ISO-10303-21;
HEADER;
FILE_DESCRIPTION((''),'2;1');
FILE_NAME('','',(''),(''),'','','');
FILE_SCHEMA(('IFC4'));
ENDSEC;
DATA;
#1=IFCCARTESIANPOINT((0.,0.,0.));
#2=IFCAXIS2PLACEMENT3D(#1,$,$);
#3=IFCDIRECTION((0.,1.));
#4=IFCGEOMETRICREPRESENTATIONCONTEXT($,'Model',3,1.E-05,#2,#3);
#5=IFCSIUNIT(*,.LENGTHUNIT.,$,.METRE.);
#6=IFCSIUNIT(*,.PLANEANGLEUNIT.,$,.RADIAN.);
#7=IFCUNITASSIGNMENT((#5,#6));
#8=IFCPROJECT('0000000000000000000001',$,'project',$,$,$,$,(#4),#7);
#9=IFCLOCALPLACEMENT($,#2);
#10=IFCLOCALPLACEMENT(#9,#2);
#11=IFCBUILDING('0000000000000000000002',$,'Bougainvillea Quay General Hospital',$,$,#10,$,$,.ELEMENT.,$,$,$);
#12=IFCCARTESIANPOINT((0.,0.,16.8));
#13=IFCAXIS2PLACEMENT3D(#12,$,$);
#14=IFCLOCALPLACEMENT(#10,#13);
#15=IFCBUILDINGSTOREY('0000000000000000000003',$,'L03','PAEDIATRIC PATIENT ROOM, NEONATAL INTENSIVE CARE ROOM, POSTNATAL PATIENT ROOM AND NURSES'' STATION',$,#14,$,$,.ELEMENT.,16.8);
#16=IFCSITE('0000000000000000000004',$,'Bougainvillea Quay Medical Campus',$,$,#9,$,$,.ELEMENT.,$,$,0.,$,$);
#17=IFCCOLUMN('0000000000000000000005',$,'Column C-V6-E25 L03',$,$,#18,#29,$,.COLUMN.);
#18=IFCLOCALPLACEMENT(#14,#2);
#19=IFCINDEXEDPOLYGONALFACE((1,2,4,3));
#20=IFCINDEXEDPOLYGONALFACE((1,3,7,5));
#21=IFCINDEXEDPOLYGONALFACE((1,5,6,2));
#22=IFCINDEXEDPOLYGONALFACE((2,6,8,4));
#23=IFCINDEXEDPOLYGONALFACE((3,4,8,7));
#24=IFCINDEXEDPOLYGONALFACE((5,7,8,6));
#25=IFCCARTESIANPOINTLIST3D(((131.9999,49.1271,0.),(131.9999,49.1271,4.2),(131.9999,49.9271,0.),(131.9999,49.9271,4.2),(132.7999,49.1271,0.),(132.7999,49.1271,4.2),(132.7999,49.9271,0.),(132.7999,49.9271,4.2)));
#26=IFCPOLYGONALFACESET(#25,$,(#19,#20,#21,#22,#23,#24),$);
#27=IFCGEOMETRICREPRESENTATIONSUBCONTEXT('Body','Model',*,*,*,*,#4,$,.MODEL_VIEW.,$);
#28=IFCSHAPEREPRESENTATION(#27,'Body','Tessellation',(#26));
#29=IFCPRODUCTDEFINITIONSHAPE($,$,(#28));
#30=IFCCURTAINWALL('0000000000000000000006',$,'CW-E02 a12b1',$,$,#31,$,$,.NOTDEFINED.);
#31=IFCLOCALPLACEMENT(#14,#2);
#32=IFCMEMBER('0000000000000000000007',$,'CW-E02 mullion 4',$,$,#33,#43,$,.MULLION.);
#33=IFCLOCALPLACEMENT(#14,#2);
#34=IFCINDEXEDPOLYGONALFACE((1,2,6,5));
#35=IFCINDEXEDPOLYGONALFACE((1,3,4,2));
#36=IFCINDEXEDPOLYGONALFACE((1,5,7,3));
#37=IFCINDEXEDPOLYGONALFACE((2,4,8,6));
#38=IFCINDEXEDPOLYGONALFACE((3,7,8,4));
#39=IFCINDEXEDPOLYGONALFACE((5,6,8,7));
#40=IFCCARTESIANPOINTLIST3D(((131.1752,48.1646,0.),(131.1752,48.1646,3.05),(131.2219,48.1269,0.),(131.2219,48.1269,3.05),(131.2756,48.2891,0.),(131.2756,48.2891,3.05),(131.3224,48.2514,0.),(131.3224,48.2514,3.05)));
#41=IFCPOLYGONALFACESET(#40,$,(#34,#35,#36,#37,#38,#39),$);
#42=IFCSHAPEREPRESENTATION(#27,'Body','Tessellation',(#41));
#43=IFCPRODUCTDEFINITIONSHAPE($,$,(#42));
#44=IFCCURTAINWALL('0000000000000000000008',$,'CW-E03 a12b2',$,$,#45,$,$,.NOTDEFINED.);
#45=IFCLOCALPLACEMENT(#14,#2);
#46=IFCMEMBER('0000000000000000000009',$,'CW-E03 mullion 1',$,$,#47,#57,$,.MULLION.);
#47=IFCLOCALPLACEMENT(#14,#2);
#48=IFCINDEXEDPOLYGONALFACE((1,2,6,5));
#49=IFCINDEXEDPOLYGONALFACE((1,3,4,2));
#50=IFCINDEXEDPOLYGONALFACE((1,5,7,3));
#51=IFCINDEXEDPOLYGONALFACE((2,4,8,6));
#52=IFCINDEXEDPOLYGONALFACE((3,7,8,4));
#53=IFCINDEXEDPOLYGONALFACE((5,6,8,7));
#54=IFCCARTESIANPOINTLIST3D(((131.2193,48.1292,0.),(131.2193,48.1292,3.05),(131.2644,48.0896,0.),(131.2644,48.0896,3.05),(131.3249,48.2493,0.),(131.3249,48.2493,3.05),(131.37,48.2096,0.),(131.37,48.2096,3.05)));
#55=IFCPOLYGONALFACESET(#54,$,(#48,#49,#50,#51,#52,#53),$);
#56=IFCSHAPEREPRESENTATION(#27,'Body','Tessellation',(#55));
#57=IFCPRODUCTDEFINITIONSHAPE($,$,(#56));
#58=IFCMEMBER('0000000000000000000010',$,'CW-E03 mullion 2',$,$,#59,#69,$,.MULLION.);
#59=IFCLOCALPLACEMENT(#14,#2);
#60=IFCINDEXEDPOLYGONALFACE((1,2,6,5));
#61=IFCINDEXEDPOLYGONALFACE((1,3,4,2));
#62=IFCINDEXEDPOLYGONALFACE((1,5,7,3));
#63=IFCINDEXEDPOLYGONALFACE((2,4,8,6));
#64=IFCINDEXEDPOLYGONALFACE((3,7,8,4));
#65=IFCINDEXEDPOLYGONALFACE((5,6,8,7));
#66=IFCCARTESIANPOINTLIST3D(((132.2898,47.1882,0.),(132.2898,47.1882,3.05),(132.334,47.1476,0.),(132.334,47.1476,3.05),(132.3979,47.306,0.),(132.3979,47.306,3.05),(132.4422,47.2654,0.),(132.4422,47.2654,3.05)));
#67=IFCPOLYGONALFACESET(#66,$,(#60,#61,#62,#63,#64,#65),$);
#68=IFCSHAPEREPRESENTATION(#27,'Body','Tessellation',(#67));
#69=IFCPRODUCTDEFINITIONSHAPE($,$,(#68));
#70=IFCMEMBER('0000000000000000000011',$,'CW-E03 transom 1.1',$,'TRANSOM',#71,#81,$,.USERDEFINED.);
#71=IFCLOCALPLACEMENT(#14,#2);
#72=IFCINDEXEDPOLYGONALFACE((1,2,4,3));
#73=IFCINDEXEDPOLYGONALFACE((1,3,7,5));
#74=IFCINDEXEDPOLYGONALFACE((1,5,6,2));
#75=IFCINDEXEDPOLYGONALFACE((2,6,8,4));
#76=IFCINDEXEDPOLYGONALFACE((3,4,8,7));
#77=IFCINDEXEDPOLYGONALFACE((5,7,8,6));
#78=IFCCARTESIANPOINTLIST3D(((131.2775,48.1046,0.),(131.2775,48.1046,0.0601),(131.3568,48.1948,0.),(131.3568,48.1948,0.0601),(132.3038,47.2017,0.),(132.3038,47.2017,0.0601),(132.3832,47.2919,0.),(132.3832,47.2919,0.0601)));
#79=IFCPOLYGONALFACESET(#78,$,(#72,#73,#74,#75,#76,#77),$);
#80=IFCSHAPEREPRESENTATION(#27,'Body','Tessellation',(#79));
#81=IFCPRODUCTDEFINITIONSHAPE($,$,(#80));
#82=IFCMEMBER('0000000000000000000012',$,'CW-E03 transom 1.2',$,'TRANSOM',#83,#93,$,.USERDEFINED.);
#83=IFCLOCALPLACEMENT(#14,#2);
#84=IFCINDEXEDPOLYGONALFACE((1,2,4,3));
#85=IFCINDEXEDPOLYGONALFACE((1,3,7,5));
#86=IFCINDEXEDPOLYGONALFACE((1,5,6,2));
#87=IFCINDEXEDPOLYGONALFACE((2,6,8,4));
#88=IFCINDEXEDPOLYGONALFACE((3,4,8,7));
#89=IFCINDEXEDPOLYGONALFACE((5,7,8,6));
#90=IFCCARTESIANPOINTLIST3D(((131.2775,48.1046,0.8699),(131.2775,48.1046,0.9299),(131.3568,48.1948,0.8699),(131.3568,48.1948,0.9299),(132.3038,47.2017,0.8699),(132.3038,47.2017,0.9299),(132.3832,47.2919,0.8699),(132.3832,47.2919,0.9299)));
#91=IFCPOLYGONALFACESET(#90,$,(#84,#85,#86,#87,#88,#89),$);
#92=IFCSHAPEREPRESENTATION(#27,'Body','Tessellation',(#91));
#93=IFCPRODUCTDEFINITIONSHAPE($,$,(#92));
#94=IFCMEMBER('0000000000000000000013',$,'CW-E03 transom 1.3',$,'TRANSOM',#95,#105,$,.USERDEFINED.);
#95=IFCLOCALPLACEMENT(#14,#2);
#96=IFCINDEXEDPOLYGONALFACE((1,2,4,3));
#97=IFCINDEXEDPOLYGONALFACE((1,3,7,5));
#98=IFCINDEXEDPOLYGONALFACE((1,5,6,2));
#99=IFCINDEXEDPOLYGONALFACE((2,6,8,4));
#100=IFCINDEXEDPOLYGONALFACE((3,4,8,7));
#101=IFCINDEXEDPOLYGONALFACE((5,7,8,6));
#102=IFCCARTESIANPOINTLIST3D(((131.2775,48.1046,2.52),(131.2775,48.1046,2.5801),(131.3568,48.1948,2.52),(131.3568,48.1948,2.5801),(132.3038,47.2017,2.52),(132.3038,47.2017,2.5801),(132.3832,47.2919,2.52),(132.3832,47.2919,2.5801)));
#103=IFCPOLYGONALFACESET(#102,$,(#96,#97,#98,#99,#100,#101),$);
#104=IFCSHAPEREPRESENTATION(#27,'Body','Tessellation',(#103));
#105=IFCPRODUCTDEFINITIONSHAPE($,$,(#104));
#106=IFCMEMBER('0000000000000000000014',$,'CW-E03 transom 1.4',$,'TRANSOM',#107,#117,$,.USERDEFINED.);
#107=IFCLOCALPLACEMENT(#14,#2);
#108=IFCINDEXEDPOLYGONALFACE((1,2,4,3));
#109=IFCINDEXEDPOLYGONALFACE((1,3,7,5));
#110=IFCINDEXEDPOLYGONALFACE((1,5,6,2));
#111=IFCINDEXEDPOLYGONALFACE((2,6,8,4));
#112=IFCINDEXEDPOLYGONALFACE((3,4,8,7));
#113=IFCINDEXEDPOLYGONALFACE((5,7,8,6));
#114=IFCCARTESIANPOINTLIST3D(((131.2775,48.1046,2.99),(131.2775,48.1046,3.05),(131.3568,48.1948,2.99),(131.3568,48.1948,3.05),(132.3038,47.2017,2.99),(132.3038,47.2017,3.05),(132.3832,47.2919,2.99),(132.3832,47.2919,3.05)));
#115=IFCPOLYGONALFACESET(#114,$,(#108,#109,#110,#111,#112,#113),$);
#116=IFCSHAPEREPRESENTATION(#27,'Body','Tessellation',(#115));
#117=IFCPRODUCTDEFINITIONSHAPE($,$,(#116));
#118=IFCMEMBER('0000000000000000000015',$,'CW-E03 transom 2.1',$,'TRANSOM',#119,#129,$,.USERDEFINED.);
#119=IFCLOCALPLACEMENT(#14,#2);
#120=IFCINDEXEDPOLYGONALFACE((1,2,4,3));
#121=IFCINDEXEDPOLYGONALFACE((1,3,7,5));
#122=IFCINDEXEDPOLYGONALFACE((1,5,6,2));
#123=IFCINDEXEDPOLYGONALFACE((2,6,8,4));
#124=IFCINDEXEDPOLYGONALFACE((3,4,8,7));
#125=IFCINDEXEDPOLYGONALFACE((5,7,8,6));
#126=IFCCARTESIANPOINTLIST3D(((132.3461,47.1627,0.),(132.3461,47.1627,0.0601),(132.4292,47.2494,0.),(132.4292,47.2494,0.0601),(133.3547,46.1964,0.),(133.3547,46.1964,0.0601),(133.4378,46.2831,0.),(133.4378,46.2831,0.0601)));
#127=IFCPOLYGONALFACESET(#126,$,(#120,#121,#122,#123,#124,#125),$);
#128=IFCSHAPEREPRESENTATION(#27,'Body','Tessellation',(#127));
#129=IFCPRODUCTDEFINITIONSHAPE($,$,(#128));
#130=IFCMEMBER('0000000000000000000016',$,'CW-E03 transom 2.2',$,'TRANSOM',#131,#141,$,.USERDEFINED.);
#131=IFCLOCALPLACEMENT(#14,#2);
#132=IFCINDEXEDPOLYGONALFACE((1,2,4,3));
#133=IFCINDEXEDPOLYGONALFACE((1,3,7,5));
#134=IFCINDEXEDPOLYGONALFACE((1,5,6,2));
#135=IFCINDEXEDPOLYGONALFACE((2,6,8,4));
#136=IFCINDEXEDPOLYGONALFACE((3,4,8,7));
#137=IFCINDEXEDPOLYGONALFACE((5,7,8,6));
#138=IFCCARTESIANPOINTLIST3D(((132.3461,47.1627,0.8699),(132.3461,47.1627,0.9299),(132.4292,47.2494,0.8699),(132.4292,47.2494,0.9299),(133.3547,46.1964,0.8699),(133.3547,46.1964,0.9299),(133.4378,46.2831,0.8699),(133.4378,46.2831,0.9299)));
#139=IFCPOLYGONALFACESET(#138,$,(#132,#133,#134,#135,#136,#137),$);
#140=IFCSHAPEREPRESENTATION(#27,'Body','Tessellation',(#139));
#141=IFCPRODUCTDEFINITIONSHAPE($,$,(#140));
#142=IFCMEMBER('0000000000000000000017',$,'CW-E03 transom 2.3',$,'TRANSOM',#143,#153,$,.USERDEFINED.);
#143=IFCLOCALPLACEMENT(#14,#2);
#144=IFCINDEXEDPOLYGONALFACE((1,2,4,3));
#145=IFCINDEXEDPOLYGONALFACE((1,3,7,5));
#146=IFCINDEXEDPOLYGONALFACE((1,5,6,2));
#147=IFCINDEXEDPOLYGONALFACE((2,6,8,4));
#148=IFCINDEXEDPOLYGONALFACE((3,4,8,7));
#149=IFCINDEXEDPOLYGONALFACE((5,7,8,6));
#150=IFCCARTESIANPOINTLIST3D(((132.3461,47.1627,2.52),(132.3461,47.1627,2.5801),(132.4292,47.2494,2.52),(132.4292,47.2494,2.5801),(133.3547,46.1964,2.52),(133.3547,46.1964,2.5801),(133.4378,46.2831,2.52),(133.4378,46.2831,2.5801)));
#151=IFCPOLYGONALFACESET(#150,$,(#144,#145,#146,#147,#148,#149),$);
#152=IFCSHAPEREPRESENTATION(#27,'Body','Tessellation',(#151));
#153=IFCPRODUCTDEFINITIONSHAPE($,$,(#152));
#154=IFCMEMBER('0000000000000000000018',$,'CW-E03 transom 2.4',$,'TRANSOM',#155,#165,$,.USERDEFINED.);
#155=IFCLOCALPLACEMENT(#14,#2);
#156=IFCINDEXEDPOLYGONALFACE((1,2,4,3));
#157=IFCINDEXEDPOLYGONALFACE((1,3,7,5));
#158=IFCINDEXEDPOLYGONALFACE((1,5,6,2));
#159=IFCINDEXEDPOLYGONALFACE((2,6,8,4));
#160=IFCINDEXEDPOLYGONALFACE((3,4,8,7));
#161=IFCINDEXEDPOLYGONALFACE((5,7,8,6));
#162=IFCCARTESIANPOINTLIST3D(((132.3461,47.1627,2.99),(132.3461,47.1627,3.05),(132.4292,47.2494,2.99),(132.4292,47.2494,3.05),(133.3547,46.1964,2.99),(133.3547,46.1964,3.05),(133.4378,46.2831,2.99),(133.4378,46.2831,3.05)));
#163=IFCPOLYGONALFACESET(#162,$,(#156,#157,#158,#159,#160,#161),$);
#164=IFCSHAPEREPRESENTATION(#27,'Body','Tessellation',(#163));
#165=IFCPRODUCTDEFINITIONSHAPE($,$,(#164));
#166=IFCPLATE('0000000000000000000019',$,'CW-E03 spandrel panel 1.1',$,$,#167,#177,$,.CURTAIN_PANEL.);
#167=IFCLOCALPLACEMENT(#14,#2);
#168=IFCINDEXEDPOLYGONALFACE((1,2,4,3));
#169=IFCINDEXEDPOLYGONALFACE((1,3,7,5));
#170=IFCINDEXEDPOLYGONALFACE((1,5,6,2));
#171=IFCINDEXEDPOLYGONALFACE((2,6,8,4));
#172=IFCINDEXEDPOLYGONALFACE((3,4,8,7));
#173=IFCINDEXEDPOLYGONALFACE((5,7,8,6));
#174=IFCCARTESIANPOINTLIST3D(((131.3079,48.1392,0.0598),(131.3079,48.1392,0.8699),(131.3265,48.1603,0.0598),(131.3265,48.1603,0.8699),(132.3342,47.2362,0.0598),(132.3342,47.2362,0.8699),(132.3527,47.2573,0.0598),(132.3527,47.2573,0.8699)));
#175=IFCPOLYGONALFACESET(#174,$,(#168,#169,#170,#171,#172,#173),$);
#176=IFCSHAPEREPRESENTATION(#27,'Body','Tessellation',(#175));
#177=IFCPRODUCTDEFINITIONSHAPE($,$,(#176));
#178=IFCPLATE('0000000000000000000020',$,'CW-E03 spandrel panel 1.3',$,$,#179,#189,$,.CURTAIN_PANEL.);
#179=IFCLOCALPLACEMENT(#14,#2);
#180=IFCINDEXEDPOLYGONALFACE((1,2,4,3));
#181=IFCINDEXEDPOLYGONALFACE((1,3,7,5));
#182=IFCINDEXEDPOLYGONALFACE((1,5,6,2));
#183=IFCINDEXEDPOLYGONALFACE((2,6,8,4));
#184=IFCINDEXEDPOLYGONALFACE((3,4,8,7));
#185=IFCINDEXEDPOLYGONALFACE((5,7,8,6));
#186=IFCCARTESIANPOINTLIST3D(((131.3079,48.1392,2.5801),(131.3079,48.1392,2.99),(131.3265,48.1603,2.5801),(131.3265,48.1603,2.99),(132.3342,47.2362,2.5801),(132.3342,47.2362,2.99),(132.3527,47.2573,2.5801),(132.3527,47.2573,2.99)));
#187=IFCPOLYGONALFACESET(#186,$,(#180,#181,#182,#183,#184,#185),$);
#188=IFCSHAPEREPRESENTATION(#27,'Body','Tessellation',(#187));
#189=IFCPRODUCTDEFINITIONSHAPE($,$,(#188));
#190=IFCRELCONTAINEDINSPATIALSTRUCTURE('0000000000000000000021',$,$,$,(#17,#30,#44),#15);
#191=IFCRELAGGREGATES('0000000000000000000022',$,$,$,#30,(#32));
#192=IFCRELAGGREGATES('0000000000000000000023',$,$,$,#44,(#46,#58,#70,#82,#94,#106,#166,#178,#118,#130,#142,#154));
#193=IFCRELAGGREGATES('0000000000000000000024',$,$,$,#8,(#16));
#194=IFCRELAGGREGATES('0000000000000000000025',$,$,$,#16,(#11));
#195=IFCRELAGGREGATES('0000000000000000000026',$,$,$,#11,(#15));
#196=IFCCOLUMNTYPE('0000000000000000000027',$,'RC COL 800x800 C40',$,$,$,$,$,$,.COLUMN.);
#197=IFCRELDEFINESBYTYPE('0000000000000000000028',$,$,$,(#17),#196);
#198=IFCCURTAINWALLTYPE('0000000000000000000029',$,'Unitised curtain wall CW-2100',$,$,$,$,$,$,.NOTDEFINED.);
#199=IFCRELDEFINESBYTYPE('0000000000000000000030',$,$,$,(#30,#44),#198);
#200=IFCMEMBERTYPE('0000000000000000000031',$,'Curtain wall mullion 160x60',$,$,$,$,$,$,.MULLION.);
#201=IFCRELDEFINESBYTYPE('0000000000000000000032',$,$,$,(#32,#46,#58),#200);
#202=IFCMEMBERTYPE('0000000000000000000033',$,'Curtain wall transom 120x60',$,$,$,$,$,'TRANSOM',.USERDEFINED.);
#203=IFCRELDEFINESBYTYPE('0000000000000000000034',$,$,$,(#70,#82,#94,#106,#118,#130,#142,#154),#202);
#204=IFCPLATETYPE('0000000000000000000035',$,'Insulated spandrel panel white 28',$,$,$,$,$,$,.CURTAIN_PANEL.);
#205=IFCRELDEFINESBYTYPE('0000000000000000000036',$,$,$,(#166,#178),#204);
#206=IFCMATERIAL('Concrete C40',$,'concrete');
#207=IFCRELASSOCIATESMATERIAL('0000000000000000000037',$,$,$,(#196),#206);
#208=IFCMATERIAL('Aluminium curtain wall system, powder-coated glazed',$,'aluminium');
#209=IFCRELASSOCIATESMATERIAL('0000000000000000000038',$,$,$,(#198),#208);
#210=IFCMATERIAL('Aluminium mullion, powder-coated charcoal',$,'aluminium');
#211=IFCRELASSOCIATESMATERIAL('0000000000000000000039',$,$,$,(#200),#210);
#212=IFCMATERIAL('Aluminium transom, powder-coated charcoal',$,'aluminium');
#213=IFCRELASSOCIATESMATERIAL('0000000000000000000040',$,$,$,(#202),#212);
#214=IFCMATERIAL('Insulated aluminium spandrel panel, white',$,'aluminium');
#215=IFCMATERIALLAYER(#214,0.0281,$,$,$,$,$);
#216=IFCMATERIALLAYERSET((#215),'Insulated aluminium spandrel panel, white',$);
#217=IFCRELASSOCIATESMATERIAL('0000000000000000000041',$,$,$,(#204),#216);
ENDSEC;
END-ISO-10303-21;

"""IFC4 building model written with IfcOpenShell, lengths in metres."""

from ifc_helpers import new_model, si_unit, direction, frame, origin, origin_2d, place, context, subcontext, project, spatial, rectangle, extrude, material, layer, layer_set, material_profile, profile_set, type_object, element, aggregate, save


model = new_model("IFC4")

# Units and contexts
model_context = context("Model", 3, precision=1e-05, world=origin(), true_north=direction((0.0, 1.0)))
body_context = subcontext(model_context, "Body", "Model", "MODEL_VIEW")
ifc_project = project(units=[si_unit("LENGTHUNIT", "METRE"), si_unit("PLANEANGLEUNIT", "RADIAN")], contexts=[model_context])

# Site, building, storey
site_placement = place(None, origin())
site = spatial("IfcSite", under=ifc_project, at=site_placement, Name="Bougainvillea Quay Medical Campus", CompositionType="ELEMENT", RefElevation=0.0)
building_placement = place(site_placement, origin())
building = spatial("IfcBuilding", under=site, at=building_placement, Name="Bougainvillea Quay General Hospital", CompositionType="ELEMENT")
storey_placement = place(building_placement, frame((0.0, 0.0, 16.8)))
storey = spatial("IfcBuildingStorey", under=building, at=storey_placement, Name="L03", Description="PAEDIATRIC PATIENT ROOM, NEONATAL INTENSIVE CARE ROOM, POSTNATAL PATIENT ROOM AND NURSES' STATION", CompositionType="ELEMENT", Elevation=16.8)

# Column
ifc_material_1 = material(Name="Concrete C40", Category="concrete")
ifc_material_profile_1 = material_profile(ifc_material_1, rectangle(XDim=0.8, YDim=0.8, at=origin_2d()))
ifc_profile_set_1 = profile_set([ifc_material_profile_1], Name="Concrete C40")
column_type = type_object("IfcColumnType", Name="RC COL 800x800 C40", PredefinedType="COLUMN", material=ifc_profile_set_1)
column_placement = place(storey_placement, frame((132.3999, 49.5271, 0.0), z_axis=(0.0, 0.0, 1.0), x_axis=(1.0, 0.0, 0.0)))
element("IfcColumn", 1, at=column_placement, inside=storey, type_object=column_type, Name="Column C-V6-E25 L03", PredefinedType="COLUMN", context=body_context, shape_type="SweptSolid", body=[
    extrude(rectangle(XDim=0.8, YDim=0.8, at=origin_2d()), origin(), (0.0, 0.0, 1.0), 4.2),
])

# Curtain wall, member
ifc_material_2 = material(Name="Aluminium curtain wall system, powder-coated glazed", Category="aluminium")
curtain_wall_type = type_object("IfcCurtainWallType", Name="Unitised curtain wall CW-2100", PredefinedType="NOTDEFINED", material=ifc_material_2)
curtain_wall_1_placement = place(storey_placement, origin())
curtain_wall_1 = element("IfcCurtainWall", 2, at=curtain_wall_1_placement, inside=storey, type_object=curtain_wall_type, Name="CW-E02 a12b1", PredefinedType="NOTDEFINED")
ifc_material_3 = material(Name="Aluminium mullion, powder-coated charcoal", Category="aluminium")
ifc_material_profile_2 = material_profile(ifc_material_3, rectangle(XDim=0.1599, YDim=0.0601, at=origin_2d()))
ifc_profile_set_2 = profile_set([ifc_material_profile_2], Name="Aluminium mullion, powder-coated charcoal")
member_type_1 = type_object("IfcMemberType", Name="Curtain wall mullion 160x60", PredefinedType="MULLION", material=ifc_profile_set_2)
member_1_placement = place(storey_placement, frame((131.2488, 48.208, 0.0), z_axis=(0.0, 0.0, 1.0), x_axis=(0.628035, 0.778185, 0.0)))
member_1 = element("IfcMember", 3, at=member_1_placement, type_object=member_type_1, Name="CW-E02 mullion 4", PredefinedType="MULLION", context=body_context, shape_type="SweptSolid", body=[
    extrude(rectangle(XDim=0.1599, YDim=0.0601, at=origin_2d()), origin(), (0.0, 0.0, 1.0), 3.05),
])
aggregate(curtain_wall_1, [member_1])

# Curtain wall, members, plates
curtain_wall_2_placement = place(storey_placement, origin())
curtain_wall_2 = element("IfcCurtainWall", 4, at=curtain_wall_2_placement, inside=storey, type_object=curtain_wall_type, Name="CW-E03 a12b2", PredefinedType="NOTDEFINED")
member_2_placement = place(storey_placement, frame((131.2947, 48.1694, 0.0), z_axis=(0.0, 0.0, 1.0), x_axis=(0.660561, 0.750772, 0.0)))
member_2 = element("IfcMember", 5, at=member_2_placement, type_object=member_type_1, Name="CW-E03 mullion 1", PredefinedType="MULLION", context=body_context, shape_type="SweptSolid", body=[
    extrude(rectangle(XDim=0.1599, YDim=0.0601, at=origin_2d()), origin(), (0.0, 0.0, 1.0), 3.05),
])
member_3_placement = place(storey_placement, frame((132.366, 47.2268, 0.0), z_axis=(0.0, 0.0, 1.0), x_axis=(0.676379, 0.736554, 0.0)))
member_3 = element("IfcMember", 6, at=member_3_placement, type_object=member_type_1, Name="CW-E03 mullion 2", PredefinedType="MULLION", context=body_context, shape_type="SweptSolid", body=[
    extrude(rectangle(XDim=0.1599, YDim=0.0601, at=origin_2d()), origin(), (0.0, 0.0, 1.0), 3.05),
])
ifc_material_4 = material(Name="Aluminium transom, powder-coated charcoal", Category="aluminium")
ifc_material_profile_3 = material_profile(ifc_material_4, rectangle(XDim=0.1201, YDim=0.0601, at=origin_2d()))
ifc_profile_set_3 = profile_set([ifc_material_profile_3], Name="Aluminium transom, powder-coated charcoal")
member_type_2 = type_object("IfcMemberType", Name="Curtain wall transom 120x60", ElementType="TRANSOM", PredefinedType="USERDEFINED", material=ifc_profile_set_3)
member_4_placement = place(storey_placement, frame((131.3171, 48.1497, 0.03), z_axis=(0.750848, -0.660475, 0.0), x_axis=(0.660475, 0.750848, 0.0)))
member_4 = element("IfcMember", 7, at=member_4_placement, type_object=member_type_2, Name="CW-E03 transom 1.1", ObjectType="TRANSOM", PredefinedType="USERDEFINED", context=body_context, shape_type="SweptSolid", body=[
    extrude(rectangle(XDim=0.1201, YDim=0.0601, at=origin_2d()), origin(), (0.0, 0.0, 1.0), 1.3669),
])
member_5_placement = place(storey_placement, frame((131.3171, 48.1497, 0.8999), z_axis=(0.750848, -0.660475, 0.0), x_axis=(0.660475, 0.750848, 0.0)))
member_5 = element("IfcMember", 8, at=member_5_placement, type_object=member_type_2, Name="CW-E03 transom 1.2", ObjectType="TRANSOM", PredefinedType="USERDEFINED", context=body_context, shape_type="SweptSolid", body=[
    extrude(rectangle(XDim=0.1201, YDim=0.0601, at=origin_2d()), origin(), (0.0, 0.0, 1.0), 1.3669),
])
member_6_placement = place(storey_placement, frame((131.3171, 48.1497, 2.55), z_axis=(0.750848, -0.660475, 0.0), x_axis=(0.660475, 0.750848, 0.0)))
member_6 = element("IfcMember", 9, at=member_6_placement, type_object=member_type_2, Name="CW-E03 transom 1.3", ObjectType="TRANSOM", PredefinedType="USERDEFINED", context=body_context, shape_type="SweptSolid", body=[
    extrude(rectangle(XDim=0.1201, YDim=0.0601, at=origin_2d()), origin(), (0.0, 0.0, 1.0), 1.3669),
])
member_7_placement = place(storey_placement, frame((131.3171, 48.1497, 3.02), z_axis=(0.750848, -0.660475, 0.0), x_axis=(0.660475, 0.750848, 0.0)))
member_7 = element("IfcMember", 10, at=member_7_placement, type_object=member_type_2, Name="CW-E03 transom 1.4", ObjectType="TRANSOM", PredefinedType="USERDEFINED", context=body_context, shape_type="SweptSolid", body=[
    extrude(rectangle(XDim=0.1201, YDim=0.0601, at=origin_2d()), origin(), (0.0, 0.0, 1.0), 1.3669),
])
member_8_placement = place(storey_placement, frame((132.3877, 47.2061, 0.03), z_axis=(0.722065, -0.691826, 0.0), x_axis=(0.691826, 0.722065, 0.0)))
member_8 = element("IfcMember", 11, at=member_8_placement, type_object=member_type_2, Name="CW-E03 transom 2.1", ObjectType="TRANSOM", PredefinedType="USERDEFINED", context=body_context, shape_type="SweptSolid", body=[
    extrude(rectangle(XDim=0.1201, YDim=0.0601, at=origin_2d()), origin(), (0.0, 0.0, 1.0), 1.3967),
])
member_9_placement = place(storey_placement, frame((132.3877, 47.2061, 0.8999), z_axis=(0.722065, -0.691826, 0.0), x_axis=(0.691826, 0.722065, 0.0)))
member_9 = element("IfcMember", 12, at=member_9_placement, type_object=member_type_2, Name="CW-E03 transom 2.2", ObjectType="TRANSOM", PredefinedType="USERDEFINED", context=body_context, shape_type="SweptSolid", body=[
    extrude(rectangle(XDim=0.1201, YDim=0.0601, at=origin_2d()), origin(), (0.0, 0.0, 1.0), 1.3967),
])
member_10_placement = place(storey_placement, frame((132.3877, 47.2061, 2.55), z_axis=(0.722065, -0.691826, 0.0), x_axis=(0.691826, 0.722065, 0.0)))
member_10 = element("IfcMember", 13, at=member_10_placement, type_object=member_type_2, Name="CW-E03 transom 2.3", ObjectType="TRANSOM", PredefinedType="USERDEFINED", context=body_context, shape_type="SweptSolid", body=[
    extrude(rectangle(XDim=0.1201, YDim=0.0601, at=origin_2d()), origin(), (0.0, 0.0, 1.0), 1.3967),
])
member_11_placement = place(storey_placement, frame((132.3877, 47.2061, 3.02), z_axis=(0.722065, -0.691826, 0.0), x_axis=(0.691826, 0.722065, 0.0)))
member_11 = element("IfcMember", 14, at=member_11_placement, type_object=member_type_2, Name="CW-E03 transom 2.4", ObjectType="TRANSOM", PredefinedType="USERDEFINED", context=body_context, shape_type="SweptSolid", body=[
    extrude(rectangle(XDim=0.1201, YDim=0.0601, at=origin_2d()), origin(), (0.0, 0.0, 1.0), 1.3967),
])
ifc_material_5 = material(Name="Insulated aluminium spandrel panel, white", Category="aluminium")
ifc_layer_1 = layer(ifc_material_5, 0.0281)
ifc_layer_set_1 = layer_set([ifc_layer_1], Name="Insulated aluminium spandrel panel, white")
plate_type_1 = type_object("IfcPlateType", Name="Insulated spandrel panel white 28", PredefinedType="CURTAIN_PANEL", material=ifc_layer_set_1)
plate_1_placement = place(storey_placement, frame((131.8303, 47.6982, 0.0598), z_axis=(0.0, 0.0, 1.0), x_axis=(0.750772, -0.660561, 0.0)))
plate_1 = element("IfcPlate", 15, at=plate_1_placement, type_object=plate_type_1, Name="CW-E03 spandrel panel 1.1", PredefinedType="CURTAIN_PANEL", context=body_context, shape_type="SweptSolid", body=[
    extrude(rectangle(XDim=1.3669, YDim=0.0281, at=origin_2d()), origin(), (0.0, 0.0, 1.0), 0.8101),
])
plate_2_placement = place(storey_placement, frame((131.8303, 47.6982, 2.5801), z_axis=(0.0, 0.0, 1.0), x_axis=(0.750772, -0.660561, 0.0)))
plate_2 = element("IfcPlate", 16, at=plate_2_placement, type_object=plate_type_1, Name="CW-E03 spandrel panel 1.3", PredefinedType="CURTAIN_PANEL", context=body_context, shape_type="SweptSolid", body=[
    extrude(rectangle(XDim=1.3669, YDim=0.0281, at=origin_2d()), origin(), (0.0, 0.0, 1.0), 0.4099),
])
aggregate(curtain_wall_2, [member_2, member_3, member_4, member_5, member_6, member_7, plate_1, plate_2, member_8, member_9, member_10, member_11])

save(model, "model.ifc")
